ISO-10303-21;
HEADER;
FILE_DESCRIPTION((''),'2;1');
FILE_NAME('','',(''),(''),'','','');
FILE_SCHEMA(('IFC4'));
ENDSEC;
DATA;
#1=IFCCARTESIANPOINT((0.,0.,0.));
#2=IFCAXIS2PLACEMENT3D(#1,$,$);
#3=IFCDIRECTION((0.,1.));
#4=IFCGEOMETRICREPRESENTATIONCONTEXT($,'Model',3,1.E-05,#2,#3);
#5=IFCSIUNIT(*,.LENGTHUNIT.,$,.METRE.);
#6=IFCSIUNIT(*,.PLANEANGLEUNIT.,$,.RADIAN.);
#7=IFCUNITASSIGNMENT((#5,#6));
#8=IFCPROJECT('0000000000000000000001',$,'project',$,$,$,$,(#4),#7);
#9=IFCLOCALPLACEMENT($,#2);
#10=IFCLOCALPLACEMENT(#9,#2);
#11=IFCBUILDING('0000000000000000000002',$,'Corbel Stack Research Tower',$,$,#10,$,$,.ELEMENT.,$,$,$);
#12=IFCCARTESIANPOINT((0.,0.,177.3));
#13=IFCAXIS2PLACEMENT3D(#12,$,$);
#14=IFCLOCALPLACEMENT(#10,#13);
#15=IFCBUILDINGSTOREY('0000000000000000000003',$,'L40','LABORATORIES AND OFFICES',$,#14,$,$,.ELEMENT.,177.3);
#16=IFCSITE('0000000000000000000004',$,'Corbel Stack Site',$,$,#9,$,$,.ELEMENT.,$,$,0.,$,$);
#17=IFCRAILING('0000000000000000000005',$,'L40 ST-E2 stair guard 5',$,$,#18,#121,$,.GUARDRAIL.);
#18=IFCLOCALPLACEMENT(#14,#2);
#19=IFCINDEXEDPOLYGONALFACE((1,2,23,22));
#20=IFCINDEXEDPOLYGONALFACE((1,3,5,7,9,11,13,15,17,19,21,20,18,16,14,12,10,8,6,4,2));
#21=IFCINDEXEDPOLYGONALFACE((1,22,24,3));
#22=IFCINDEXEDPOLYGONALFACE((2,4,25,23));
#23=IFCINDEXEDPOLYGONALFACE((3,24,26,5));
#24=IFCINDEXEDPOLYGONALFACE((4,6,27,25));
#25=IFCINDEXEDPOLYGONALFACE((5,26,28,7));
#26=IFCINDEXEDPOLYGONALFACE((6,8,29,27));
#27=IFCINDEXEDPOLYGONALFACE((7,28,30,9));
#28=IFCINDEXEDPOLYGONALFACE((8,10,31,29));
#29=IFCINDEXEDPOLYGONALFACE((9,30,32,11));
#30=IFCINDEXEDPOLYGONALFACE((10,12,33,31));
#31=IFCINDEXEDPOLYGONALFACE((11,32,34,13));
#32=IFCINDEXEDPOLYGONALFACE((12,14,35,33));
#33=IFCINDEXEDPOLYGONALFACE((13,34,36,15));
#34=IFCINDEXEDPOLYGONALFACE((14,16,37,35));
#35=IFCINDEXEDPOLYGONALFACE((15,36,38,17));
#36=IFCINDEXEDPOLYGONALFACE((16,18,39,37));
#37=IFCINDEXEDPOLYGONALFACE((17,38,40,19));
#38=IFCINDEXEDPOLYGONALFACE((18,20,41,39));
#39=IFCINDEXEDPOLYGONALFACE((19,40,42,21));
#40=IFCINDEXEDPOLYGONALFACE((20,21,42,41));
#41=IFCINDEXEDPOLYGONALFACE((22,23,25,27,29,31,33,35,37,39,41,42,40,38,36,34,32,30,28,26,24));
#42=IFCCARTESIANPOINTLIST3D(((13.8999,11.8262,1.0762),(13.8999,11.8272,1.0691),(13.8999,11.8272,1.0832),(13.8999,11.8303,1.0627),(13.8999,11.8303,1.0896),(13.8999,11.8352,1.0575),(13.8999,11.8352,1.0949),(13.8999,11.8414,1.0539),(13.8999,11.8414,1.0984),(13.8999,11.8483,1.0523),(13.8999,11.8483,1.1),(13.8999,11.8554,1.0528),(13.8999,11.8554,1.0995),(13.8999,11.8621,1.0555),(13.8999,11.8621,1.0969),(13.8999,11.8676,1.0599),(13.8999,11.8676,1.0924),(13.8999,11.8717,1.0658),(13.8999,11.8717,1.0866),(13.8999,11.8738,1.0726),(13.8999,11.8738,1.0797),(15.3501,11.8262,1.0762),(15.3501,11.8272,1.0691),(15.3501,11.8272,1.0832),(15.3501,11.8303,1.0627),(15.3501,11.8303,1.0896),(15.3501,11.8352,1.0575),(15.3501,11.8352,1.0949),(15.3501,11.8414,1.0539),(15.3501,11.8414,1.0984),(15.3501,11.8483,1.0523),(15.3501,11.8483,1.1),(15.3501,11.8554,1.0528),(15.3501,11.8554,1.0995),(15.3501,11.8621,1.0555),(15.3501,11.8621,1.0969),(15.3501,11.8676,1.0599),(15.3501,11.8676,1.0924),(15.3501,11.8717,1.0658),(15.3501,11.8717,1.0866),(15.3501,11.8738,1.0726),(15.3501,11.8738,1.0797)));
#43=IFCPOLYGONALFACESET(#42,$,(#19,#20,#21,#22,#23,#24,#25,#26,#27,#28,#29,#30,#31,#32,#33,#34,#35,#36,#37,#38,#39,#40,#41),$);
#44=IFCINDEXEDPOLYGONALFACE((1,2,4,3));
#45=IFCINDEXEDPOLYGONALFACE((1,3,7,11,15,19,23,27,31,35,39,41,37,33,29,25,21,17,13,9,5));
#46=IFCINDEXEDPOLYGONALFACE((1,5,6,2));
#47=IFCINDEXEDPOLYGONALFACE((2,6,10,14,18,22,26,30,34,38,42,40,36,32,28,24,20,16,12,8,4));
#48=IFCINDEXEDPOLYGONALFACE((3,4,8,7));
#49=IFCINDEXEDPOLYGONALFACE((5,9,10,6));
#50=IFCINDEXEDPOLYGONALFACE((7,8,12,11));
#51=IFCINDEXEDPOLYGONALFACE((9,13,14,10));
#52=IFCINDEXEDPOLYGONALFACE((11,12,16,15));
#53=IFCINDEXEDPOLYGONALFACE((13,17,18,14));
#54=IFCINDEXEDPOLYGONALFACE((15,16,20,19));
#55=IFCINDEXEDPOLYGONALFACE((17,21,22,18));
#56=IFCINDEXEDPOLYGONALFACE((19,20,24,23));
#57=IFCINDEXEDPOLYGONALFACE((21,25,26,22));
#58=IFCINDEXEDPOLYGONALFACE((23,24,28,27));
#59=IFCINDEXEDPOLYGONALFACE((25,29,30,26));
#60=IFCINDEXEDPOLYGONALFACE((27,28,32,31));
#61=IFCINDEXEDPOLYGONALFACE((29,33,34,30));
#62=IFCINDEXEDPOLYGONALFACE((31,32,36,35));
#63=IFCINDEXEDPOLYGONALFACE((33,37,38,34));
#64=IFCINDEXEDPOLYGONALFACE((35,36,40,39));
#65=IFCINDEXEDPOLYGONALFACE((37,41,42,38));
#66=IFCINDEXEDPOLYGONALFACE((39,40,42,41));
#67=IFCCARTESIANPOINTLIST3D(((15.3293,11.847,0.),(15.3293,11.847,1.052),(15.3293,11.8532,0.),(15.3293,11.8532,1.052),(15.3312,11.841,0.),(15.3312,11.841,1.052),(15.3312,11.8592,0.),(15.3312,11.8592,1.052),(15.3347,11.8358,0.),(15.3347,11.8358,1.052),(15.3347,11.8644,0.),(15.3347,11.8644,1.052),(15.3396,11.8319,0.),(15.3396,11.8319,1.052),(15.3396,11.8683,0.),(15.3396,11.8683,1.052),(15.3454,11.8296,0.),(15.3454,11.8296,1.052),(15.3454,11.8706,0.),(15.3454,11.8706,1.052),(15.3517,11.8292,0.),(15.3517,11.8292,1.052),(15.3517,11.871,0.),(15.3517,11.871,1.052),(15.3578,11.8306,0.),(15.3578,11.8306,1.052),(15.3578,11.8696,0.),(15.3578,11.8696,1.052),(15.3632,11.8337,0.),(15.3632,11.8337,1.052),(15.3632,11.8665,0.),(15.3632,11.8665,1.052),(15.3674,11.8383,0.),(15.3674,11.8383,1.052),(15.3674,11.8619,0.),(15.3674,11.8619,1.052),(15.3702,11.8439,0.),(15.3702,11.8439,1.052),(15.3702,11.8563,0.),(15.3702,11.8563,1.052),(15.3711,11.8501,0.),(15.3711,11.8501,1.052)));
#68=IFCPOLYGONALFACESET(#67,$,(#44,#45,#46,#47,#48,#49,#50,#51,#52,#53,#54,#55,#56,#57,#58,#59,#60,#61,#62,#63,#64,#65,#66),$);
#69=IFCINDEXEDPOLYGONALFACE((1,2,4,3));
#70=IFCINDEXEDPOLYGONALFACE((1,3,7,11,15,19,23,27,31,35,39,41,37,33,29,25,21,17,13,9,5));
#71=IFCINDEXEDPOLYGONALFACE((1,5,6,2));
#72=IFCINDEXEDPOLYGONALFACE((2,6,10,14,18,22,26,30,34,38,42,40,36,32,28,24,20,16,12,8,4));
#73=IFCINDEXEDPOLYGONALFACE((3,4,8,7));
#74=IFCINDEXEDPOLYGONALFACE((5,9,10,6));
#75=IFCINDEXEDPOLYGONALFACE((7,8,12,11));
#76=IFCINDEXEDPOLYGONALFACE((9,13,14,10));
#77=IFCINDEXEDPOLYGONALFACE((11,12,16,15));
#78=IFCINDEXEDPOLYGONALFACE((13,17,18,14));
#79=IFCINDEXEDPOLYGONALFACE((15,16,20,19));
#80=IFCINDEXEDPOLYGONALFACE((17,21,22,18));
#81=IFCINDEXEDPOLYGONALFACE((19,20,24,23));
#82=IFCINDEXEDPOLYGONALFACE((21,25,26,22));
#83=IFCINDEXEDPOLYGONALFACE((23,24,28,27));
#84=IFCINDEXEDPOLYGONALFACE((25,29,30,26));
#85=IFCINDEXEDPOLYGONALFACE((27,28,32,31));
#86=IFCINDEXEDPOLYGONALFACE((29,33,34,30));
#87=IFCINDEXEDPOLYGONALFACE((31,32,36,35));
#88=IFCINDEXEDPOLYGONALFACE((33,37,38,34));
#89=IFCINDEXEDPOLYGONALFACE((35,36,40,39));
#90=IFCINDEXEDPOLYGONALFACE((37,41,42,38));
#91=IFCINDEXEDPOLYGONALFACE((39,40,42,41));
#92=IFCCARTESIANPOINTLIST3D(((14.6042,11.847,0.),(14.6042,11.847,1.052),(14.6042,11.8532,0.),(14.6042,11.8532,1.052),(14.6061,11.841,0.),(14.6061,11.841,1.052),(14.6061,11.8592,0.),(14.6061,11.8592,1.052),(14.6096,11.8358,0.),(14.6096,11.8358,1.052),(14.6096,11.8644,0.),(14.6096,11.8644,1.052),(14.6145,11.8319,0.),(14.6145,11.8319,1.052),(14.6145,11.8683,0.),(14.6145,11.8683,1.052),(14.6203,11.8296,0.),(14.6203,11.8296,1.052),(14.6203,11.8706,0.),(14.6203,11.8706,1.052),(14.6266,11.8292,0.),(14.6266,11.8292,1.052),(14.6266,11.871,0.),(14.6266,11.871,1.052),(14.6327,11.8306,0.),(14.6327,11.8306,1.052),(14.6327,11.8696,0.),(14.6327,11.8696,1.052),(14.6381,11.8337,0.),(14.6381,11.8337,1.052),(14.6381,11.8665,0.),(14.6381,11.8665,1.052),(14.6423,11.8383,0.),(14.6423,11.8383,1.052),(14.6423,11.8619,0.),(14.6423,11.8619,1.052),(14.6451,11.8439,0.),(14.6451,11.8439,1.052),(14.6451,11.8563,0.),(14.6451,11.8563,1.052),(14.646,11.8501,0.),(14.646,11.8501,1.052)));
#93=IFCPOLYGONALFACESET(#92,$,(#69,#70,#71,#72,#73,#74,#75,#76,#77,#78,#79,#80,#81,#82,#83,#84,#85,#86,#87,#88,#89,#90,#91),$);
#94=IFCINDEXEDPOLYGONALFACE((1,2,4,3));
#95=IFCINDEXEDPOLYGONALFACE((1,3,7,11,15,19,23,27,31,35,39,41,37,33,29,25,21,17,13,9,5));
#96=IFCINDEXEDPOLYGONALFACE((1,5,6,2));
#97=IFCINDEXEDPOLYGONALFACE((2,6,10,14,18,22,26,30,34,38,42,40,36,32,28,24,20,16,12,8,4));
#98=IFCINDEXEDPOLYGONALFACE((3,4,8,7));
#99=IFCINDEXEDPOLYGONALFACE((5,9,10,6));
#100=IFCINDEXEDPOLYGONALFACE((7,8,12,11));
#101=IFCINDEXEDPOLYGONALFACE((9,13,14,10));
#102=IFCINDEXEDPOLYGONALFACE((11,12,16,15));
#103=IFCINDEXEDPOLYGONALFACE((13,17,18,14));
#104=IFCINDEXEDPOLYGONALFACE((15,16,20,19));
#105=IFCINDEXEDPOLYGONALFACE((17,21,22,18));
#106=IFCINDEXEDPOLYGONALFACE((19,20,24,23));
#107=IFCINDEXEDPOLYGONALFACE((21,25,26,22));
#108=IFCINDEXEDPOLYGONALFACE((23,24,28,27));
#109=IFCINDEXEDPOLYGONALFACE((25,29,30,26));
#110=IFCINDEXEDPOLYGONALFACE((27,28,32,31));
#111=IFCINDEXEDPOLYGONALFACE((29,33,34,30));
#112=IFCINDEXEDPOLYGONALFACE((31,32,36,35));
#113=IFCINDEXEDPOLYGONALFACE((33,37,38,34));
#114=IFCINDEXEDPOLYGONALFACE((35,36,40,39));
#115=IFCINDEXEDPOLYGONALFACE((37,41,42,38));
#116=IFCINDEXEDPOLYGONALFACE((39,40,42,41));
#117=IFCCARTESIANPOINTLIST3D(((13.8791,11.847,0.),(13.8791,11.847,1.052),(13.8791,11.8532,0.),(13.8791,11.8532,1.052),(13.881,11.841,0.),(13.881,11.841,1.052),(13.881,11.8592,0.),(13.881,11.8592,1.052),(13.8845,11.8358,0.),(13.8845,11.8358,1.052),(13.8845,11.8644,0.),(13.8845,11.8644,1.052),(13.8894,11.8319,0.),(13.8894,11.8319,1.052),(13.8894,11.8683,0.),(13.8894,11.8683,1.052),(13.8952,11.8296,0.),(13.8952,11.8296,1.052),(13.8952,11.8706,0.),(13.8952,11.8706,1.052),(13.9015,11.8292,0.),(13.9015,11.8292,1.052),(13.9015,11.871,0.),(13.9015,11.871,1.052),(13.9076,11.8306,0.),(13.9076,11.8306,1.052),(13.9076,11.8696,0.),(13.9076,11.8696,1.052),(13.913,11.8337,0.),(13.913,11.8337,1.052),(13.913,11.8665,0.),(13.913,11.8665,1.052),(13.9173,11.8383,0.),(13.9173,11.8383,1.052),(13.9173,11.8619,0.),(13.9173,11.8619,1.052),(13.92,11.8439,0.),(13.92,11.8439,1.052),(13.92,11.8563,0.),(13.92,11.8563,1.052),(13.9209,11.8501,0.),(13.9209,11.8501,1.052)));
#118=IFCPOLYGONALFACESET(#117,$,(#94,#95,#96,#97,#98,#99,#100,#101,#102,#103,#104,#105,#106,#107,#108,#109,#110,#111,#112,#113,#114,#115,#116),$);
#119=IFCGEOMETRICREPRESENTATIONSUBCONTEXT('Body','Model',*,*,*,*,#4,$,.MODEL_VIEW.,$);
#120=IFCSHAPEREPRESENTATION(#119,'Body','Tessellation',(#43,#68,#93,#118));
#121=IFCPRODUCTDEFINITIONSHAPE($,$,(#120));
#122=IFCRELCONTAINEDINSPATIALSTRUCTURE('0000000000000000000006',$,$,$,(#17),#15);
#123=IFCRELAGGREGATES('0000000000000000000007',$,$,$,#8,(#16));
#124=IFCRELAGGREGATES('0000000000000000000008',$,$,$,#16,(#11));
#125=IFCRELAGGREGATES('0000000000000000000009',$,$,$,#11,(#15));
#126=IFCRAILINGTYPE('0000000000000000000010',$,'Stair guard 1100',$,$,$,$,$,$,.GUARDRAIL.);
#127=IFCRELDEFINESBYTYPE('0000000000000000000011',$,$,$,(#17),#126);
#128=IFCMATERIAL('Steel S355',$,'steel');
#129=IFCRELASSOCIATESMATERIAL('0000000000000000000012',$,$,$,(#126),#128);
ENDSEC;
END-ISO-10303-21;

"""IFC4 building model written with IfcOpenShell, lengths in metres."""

from ifc_helpers import new_model, si_unit, direction, frame, origin, origin_2d, place, context, subcontext, project, spatial, circle, extrude, material, type_object, element, save


model = new_model("IFC4")

# Units and contexts
model_context = context("Model", 3, precision=1e-05, world=origin(), true_north=direction((0.0, 1.0)))
body_context = subcontext(model_context, "Body", "Model", "MODEL_VIEW")
ifc_project = project(units=[si_unit("LENGTHUNIT", "METRE"), si_unit("PLANEANGLEUNIT", "RADIAN")], contexts=[model_context])

# Site, building, storey
site_placement = place(None, origin())
site = spatial("IfcSite", under=ifc_project, at=site_placement, Name="Corbel Stack Site", CompositionType="ELEMENT", RefElevation=0.0)
building_placement = place(site_placement, origin())
building = spatial("IfcBuilding", under=site, at=building_placement, Name="Corbel Stack Research Tower", CompositionType="ELEMENT")
storey_placement = place(building_placement, frame((0.0, 0.0, 177.3)))
storey = spatial("IfcBuildingStorey", under=building, at=storey_placement, Name="L40", Description="LABORATORIES AND OFFICES", CompositionType="ELEMENT", Elevation=177.3)

# Railing
ifc_material_1 = material(Name="Steel S355", Category="steel")
railing_type_1 = type_object("IfcRailingType", Name="Stair guard 1100", PredefinedType="GUARDRAIL", material=ifc_material_1)
railing_1_placement = place(storey_placement, frame((15.3501, 11.8501, 0.0)))
element("IfcRailing", 1, at=railing_1_placement, inside=storey, type_object=railing_type_1, Name="L40 ST-E2 stair guard 5", PredefinedType="GUARDRAIL", context=body_context, shape_type="SweptSolid", body=[
    extrude(circle(Radius=0.0239, at=origin_2d()), frame((0.0, 0.0, 1.0762), z_axis=(-1.0, 0.0, 0.0), x_axis=(0.0, -1.0, 0.0)), (0.0, 0.0, 1.0), 1.4502),
    extrude(circle(Radius=0.021, at=origin_2d()), origin(), (0.0, 0.0, 1.0), 1.052),
    extrude(circle(Radius=0.021, at=origin_2d()), frame((-0.7251, 0.0, 0.0)), (0.0, 0.0, 1.0), 1.052),
    extrude(circle(Radius=0.021, at=origin_2d()), frame((-1.4502, 0.0, 0.0)), (0.0, 0.0, 1.0), 1.052),
])

save(model, "model.ifc")
